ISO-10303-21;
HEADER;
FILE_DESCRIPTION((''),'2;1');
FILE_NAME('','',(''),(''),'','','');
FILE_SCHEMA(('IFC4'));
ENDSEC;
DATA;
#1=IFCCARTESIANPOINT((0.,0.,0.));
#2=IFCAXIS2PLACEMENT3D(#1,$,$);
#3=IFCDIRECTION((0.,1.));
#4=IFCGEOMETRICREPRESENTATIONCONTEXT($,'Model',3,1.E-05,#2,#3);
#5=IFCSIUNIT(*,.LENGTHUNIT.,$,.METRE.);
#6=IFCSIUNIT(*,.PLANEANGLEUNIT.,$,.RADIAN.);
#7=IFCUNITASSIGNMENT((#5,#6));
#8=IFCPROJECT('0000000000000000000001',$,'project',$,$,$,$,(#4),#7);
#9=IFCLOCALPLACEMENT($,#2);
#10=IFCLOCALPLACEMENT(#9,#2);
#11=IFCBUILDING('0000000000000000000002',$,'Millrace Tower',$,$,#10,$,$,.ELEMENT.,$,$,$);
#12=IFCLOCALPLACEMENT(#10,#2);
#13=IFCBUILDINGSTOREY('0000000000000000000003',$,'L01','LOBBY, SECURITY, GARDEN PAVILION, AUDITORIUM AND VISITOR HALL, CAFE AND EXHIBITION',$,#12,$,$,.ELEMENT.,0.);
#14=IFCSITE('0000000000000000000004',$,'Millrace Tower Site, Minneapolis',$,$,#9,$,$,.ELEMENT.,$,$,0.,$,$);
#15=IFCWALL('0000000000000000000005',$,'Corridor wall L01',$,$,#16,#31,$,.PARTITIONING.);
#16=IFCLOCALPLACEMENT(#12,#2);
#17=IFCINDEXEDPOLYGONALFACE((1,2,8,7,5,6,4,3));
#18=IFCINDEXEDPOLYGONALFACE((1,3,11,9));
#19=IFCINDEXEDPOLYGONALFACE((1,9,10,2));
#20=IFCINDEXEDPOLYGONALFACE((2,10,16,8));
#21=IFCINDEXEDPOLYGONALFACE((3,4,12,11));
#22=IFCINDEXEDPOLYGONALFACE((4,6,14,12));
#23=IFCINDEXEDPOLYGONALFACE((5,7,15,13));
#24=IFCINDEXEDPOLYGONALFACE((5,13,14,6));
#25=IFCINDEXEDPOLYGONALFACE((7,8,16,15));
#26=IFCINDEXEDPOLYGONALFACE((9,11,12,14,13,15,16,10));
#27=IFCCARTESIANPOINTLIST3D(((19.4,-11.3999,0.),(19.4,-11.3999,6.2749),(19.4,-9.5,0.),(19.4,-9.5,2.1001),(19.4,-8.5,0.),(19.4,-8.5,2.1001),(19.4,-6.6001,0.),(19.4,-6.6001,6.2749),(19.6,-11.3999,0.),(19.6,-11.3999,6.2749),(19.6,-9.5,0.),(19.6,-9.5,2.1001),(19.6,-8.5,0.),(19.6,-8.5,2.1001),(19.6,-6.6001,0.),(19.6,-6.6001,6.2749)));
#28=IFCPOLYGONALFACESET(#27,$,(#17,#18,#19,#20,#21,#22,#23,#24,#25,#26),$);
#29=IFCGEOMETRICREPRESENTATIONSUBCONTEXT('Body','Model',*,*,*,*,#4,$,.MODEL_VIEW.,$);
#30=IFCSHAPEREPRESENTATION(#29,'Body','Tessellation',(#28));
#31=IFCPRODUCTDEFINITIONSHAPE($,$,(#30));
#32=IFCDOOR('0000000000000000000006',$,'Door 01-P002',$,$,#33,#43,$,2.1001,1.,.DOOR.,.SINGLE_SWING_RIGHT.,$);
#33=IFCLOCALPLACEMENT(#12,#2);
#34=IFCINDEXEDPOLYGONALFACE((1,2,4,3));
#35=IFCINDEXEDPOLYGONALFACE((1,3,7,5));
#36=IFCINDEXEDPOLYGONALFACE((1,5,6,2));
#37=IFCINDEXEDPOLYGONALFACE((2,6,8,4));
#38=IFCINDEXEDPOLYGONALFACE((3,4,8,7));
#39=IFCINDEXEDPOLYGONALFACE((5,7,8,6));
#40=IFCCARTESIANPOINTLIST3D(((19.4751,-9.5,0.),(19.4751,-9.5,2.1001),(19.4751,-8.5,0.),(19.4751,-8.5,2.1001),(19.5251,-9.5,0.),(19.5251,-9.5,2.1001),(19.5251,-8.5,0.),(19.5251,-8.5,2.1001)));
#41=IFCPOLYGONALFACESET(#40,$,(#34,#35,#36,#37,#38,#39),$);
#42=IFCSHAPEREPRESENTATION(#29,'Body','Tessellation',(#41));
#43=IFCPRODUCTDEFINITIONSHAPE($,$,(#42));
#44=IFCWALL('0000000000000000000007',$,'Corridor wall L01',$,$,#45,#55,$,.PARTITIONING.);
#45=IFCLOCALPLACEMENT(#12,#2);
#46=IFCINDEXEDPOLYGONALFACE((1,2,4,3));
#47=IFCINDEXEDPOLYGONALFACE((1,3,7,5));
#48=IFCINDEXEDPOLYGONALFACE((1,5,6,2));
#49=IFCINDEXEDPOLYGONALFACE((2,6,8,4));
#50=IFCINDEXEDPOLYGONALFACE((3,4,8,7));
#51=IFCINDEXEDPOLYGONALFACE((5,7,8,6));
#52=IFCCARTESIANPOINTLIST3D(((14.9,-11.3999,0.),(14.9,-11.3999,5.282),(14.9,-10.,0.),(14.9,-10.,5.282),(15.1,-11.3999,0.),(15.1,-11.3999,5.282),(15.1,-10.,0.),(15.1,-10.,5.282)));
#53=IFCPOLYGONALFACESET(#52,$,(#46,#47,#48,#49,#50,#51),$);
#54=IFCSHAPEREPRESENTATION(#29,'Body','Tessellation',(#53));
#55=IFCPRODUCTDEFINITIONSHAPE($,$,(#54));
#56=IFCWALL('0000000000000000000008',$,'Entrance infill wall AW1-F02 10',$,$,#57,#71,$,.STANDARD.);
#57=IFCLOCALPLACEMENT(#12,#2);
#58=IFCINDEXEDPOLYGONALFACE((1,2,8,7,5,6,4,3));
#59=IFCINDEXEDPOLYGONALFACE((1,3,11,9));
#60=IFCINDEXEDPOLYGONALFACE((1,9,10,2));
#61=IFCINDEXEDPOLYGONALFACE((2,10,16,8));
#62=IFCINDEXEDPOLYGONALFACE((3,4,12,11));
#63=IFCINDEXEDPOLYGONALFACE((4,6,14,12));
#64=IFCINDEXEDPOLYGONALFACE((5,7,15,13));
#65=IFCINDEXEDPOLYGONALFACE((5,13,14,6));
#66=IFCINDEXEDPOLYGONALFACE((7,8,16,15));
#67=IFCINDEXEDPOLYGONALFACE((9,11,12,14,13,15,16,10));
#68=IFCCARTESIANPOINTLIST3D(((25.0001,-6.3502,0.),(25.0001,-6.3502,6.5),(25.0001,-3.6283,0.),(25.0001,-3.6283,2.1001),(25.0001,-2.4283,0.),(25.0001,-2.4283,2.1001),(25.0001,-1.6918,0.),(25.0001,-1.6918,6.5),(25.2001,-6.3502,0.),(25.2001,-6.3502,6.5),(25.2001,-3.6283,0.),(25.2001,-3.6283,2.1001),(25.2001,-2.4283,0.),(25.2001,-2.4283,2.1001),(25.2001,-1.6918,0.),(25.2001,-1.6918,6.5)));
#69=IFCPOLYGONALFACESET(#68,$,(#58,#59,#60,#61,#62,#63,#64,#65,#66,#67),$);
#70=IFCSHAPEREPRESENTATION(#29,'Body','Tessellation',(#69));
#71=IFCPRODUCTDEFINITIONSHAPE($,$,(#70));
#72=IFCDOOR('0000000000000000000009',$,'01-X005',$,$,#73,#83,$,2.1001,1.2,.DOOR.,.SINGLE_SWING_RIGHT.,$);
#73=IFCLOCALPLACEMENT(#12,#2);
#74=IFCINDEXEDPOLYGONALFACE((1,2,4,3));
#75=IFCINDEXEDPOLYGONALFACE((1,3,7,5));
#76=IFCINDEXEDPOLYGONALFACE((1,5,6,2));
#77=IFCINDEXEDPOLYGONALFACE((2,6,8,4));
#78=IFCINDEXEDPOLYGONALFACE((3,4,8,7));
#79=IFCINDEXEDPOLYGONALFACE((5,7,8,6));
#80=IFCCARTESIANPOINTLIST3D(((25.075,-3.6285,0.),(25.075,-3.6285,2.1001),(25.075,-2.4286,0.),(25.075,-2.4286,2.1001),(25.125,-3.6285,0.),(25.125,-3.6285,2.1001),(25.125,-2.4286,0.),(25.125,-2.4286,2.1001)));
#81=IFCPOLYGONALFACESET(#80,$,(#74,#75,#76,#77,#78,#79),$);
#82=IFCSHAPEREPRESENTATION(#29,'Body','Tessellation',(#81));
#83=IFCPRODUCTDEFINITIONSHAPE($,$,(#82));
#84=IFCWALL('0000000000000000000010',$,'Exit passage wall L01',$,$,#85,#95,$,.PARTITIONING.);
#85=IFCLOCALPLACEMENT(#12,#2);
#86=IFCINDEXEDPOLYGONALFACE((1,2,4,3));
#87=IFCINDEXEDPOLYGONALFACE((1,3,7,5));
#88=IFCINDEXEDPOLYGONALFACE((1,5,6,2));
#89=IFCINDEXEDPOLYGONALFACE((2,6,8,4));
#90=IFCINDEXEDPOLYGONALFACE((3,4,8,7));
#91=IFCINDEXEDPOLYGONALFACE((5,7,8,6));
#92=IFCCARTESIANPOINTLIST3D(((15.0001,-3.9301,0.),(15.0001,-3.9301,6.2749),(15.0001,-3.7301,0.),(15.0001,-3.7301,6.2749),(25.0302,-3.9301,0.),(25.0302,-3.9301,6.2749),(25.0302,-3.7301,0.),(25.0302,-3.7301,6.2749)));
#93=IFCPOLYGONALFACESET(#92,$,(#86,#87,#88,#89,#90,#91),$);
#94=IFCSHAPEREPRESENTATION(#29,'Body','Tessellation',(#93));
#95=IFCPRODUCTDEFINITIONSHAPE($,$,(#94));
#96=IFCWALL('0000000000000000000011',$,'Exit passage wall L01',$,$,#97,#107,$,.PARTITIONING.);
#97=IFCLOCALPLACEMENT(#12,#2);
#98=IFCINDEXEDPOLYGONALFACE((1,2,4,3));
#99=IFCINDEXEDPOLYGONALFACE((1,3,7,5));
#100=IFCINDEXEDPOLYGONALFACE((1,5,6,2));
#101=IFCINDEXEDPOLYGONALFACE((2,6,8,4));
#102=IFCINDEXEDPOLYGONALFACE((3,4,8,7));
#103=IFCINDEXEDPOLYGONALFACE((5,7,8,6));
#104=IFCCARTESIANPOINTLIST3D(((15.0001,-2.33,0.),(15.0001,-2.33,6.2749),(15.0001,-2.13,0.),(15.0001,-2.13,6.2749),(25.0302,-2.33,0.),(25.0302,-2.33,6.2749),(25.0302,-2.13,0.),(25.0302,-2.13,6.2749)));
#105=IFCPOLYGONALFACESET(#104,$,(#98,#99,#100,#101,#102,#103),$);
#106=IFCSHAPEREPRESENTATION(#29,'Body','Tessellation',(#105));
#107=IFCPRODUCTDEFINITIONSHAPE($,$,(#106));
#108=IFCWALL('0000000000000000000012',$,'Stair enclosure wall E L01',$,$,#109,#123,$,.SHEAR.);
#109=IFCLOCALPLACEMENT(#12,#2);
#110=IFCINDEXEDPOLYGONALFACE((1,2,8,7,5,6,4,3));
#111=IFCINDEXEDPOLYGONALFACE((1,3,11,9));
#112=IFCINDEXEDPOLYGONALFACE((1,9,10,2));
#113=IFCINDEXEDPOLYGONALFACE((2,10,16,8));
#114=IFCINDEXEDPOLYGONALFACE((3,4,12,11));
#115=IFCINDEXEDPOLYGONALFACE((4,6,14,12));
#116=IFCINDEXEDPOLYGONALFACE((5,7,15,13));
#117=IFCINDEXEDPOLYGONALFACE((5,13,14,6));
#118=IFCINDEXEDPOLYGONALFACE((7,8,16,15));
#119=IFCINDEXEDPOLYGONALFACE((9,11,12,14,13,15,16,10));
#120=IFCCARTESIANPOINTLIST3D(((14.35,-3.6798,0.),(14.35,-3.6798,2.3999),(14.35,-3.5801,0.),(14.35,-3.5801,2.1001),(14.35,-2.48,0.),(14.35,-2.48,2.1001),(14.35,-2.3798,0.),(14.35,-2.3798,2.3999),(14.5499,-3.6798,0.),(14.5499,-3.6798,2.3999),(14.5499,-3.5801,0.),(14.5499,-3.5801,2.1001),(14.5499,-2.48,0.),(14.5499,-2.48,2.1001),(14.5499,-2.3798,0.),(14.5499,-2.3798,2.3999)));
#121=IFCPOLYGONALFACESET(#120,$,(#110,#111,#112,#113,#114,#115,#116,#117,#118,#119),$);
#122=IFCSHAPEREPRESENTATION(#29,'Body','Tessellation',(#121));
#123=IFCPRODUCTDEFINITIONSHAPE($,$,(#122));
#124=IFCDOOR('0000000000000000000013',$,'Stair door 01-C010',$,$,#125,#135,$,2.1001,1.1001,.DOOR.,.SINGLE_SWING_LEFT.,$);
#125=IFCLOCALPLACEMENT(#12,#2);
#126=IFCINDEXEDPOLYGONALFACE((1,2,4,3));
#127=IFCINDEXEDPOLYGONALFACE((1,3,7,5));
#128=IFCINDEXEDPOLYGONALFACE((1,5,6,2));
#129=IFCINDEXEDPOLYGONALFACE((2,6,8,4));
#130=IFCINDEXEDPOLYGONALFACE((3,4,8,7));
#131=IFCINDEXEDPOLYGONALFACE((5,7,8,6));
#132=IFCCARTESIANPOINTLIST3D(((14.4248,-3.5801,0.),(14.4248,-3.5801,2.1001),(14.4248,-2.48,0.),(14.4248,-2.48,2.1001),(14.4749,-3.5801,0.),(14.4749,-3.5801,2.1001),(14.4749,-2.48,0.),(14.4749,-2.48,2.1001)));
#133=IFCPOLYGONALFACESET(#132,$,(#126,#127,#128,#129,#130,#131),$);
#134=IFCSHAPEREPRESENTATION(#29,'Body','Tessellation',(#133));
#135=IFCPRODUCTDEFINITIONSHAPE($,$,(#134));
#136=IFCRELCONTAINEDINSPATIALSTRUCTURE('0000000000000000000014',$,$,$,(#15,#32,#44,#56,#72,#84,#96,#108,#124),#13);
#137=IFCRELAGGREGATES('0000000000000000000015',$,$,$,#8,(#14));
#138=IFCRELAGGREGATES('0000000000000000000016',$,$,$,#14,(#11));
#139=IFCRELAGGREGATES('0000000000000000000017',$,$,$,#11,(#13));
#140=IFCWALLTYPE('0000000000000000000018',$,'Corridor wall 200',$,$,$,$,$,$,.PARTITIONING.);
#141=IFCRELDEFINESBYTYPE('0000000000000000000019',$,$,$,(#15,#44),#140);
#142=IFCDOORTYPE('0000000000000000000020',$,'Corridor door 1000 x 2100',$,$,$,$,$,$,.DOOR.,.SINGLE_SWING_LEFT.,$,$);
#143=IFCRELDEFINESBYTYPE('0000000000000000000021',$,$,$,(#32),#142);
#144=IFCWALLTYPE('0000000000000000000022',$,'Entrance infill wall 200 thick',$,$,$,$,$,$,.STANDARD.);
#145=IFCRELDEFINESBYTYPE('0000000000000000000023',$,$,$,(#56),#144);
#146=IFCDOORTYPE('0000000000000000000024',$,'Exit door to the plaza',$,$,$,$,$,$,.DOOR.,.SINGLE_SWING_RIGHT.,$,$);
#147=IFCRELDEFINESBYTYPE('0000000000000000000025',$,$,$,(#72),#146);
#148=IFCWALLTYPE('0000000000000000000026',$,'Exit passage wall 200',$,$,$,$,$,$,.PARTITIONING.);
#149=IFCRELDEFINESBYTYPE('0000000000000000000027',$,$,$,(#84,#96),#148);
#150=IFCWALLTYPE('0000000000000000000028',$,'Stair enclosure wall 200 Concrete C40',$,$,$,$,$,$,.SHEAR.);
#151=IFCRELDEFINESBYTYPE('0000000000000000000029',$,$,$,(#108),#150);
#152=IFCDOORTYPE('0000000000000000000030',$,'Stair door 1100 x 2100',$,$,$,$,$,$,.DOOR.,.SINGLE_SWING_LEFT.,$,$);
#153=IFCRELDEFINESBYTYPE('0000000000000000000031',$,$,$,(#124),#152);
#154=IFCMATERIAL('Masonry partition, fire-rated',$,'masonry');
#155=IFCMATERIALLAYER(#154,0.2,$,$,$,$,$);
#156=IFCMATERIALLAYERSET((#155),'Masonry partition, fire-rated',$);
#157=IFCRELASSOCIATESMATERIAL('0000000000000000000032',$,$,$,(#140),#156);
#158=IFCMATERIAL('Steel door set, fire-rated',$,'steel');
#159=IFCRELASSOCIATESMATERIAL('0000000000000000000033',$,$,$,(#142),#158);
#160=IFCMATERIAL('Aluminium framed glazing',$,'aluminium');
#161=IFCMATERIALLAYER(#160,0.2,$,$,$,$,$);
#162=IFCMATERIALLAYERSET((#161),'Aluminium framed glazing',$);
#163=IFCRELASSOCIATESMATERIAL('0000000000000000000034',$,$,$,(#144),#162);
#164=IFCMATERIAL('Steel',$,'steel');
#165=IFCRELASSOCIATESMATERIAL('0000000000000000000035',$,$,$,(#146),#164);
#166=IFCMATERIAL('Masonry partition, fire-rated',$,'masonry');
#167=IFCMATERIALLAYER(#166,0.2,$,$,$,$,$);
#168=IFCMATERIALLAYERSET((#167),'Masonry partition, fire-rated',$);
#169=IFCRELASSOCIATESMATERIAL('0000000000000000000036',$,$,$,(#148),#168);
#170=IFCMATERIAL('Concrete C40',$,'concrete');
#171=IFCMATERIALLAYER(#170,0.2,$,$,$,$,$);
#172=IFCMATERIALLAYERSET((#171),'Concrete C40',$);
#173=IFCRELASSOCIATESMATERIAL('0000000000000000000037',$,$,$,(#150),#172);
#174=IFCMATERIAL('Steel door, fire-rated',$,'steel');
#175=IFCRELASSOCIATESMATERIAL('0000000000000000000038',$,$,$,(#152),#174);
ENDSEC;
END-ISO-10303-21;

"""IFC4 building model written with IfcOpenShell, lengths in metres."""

from ifc_helpers import new_model, si_unit, direction, frame, frame_2d, origin, place, context, subcontext, project, spatial, rectangle, extrude, material, layer, layer_set, type_object, element, fill, save


model = new_model("IFC4")

# Units and contexts
model_context = context("Model", 3, precision=1e-05, world=origin(), true_north=direction((0.0, 1.0)))
body_context = subcontext(model_context, "Body", "Model", "MODEL_VIEW")
ifc_project = project(units=[si_unit("LENGTHUNIT", "METRE"), si_unit("PLANEANGLEUNIT", "RADIAN")], contexts=[model_context])

# Site, building, storey
site_placement = place(None, origin())
site = spatial("IfcSite", under=ifc_project, at=site_placement, Name="Millrace Tower Site, Minneapolis", CompositionType="ELEMENT", RefElevation=0.0)
building_placement = place(site_placement, origin())
building = spatial("IfcBuilding", under=site, at=building_placement, Name="Millrace Tower", CompositionType="ELEMENT")
storey_placement = place(building_placement, origin())
storey = spatial("IfcBuildingStorey", under=building, at=storey_placement, Name="L01", Description="LOBBY, SECURITY, GARDEN PAVILION, AUDITORIUM AND VISITOR HALL, CAFE AND EXHIBITION", CompositionType="ELEMENT", Elevation=0.0)

# Shared definitions
ifc_material_1 = material(Name="Masonry partition, fire-rated", Category="masonry")
ifc_layer_1 = layer(ifc_material_1, 0.2)
ifc_layer_set_1 = layer_set([ifc_layer_1], Name="Masonry partition, fire-rated")
wall_type_1 = type_object("IfcWallType", Name="Corridor wall 200", PredefinedType="PARTITIONING", material=ifc_layer_set_1)

# Wall, opening, door
wall_1_placement = place(storey_placement, frame((19.5, -11.3999, 0.0), z_axis=(0.0, 0.0, 1.0), x_axis=(0.0, 1.0, 0.0)))
wall_1 = element("IfcWall", 1, at=wall_1_placement, inside=storey, type_object=wall_type_1, Name="Corridor wall L01", PredefinedType="PARTITIONING", context=body_context, shape_type="SweptSolid", body=[
    extrude(rectangle(XDim=4.7998, YDim=0.2, at=frame_2d((2.3999, 0.0))), origin(), (0.0, 0.0, 1.0), 6.2749),
])
opening_1_placement = place(wall_1_placement, frame((1.8999, 0.0, 0.0)))
opening_1 = element("IfcOpeningElement", 2, at=opening_1_placement, cuts=wall_1, PredefinedType="OPENING", context=body_context, shape_type="SweptSolid", body=[
    extrude(rectangle(XDim=1.0, YDim=2.1001, at=frame_2d((0.5, 1.05))), frame((0.0, 0.1099, 0.0), z_axis=(0.0, -1.0, 0.0), x_axis=(1.0, 0.0, 0.0)), (0.0, 0.0, 1.0), 0.22),
])
ifc_material_2 = material(Name="Steel door set, fire-rated", Category="steel")
door_type_1 = type_object("IfcDoorType", Name="Corridor door 1000 x 2100", OperationType="SINGLE_SWING_LEFT", PredefinedType="DOOR", material=ifc_material_2)
door_1_placement = place(opening_1_placement, origin())
door_1 = element("IfcDoor", 3, at=door_1_placement, inside=storey, type_object=door_type_1, Name="Door 01-P002", OperationType="SINGLE_SWING_RIGHT", OverallHeight=2.1001, OverallWidth=1.0, PredefinedType="DOOR", context=body_context, shape_type="SweptSolid", body=[
    extrude(rectangle(XDim=1.0, YDim=2.1001, at=frame_2d((0.5, 1.05))), frame((0.0, 0.0249, 0.0), z_axis=(0.0, -1.0, 0.0), x_axis=(1.0, 0.0, 0.0)), (0.0, 0.0, 1.0), 0.05),
])
fill(opening_1, door_1)

# Wall
wall_2_placement = place(storey_placement, frame((15.0, -11.3999, 0.0), z_axis=(0.0, 0.0, 1.0), x_axis=(0.0, 1.0, 0.0)))
element("IfcWall", 4, at=wall_2_placement, inside=storey, type_object=wall_type_1, Name="Corridor wall L01", PredefinedType="PARTITIONING", context=body_context, shape_type="SweptSolid", body=[
    extrude(rectangle(XDim=1.3999, YDim=0.2, at=frame_2d((0.7, 0.0))), origin(), (0.0, 0.0, 1.0), 5.282),
])

# Wall, opening, door
ifc_material_3 = material(Name="Aluminium framed glazing", Category="aluminium")
ifc_layer_2 = layer(ifc_material_3, 0.2)
ifc_layer_set_2 = layer_set([ifc_layer_2], Name="Aluminium framed glazing")
wall_type_2 = type_object("IfcWallType", Name="Entrance infill wall 200 thick", PredefinedType="STANDARD", material=ifc_layer_set_2)
wall_3_placement = place(storey_placement, frame((25.1001, -6.3501, 0.0), z_axis=(0.0, 0.0, 1.0), x_axis=(0.0, 1.0, 0.0)))
wall_3 = element("IfcWall", 5, at=wall_3_placement, inside=storey, type_object=wall_type_2, Name="Entrance infill wall AW1-F02 10", PredefinedType="STANDARD", context=body_context, shape_type="SweptSolid", body=[
    extrude(rectangle(XDim=4.6584, YDim=0.2, at=frame_2d((2.3291, 0.0))), origin(), (0.0, 0.0, 1.0), 6.5),
])
opening_2_placement = place(wall_3_placement, frame((2.7217, 0.0, 0.0)))
opening_2 = element("IfcOpeningElement", 6, at=opening_2_placement, cuts=wall_3, PredefinedType="OPENING", context=body_context, shape_type="SweptSolid", body=[
    extrude(rectangle(XDim=1.2, YDim=2.1001, at=frame_2d((0.6001, 1.05))), frame((0.0, 0.1099, 0.0), z_axis=(0.0, -1.0, 0.0), x_axis=(1.0, 0.0, 0.0)), (0.0, 0.0, 1.0), 0.22),
])
ifc_material_4 = material(Name="Steel", Category="steel")
door_type_2 = type_object("IfcDoorType", Name="Exit door to the plaza", OperationType="SINGLE_SWING_RIGHT", PredefinedType="DOOR", material=ifc_material_4)
door_2_placement = place(opening_2_placement, frame((1.2, 0.0, 0.0), z_axis=(0.0, 0.0, 1.0), x_axis=(-1.0, 0.0, 0.0)))
door_2 = element("IfcDoor", 7, at=door_2_placement, inside=storey, type_object=door_type_2, Name="01-X005", OperationType="SINGLE_SWING_RIGHT", OverallHeight=2.1001, OverallWidth=1.2, PredefinedType="DOOR", context=body_context, shape_type="SweptSolid", body=[
    extrude(rectangle(XDim=1.2, YDim=2.1001, at=frame_2d((0.6001, 1.05))), frame((0.0, 0.0249, 0.0), z_axis=(0.0, -1.0, 0.0), x_axis=(1.0, 0.0, 0.0)), (0.0, 0.0, 1.0), 0.05),
])
fill(opening_2, door_2)

# Walls
ifc_material_5 = material(Name="Masonry partition, fire-rated", Category="masonry")
ifc_layer_3 = layer(ifc_material_5, 0.2)
ifc_layer_set_3 = layer_set([ifc_layer_3], Name="Masonry partition, fire-rated")
wall_type_3 = type_object("IfcWallType", Name="Exit passage wall 200", PredefinedType="PARTITIONING", material=ifc_layer_set_3)
for number, where, z_axis, x_axis, name in (
    (8, (15.0, -3.8301, 0.0), (0.0, 0.0, 1.0), (1.0, 0.0, 0.0), "Exit passage wall L01"),
    (9, (15.0, -2.23, 0.0), (0.0, 0.0, 1.0), (1.0, 0.0, 0.0), "Exit passage wall L01"),
):
    element("IfcWall", number, at=place(storey_placement, frame(where, z_axis=z_axis, x_axis=x_axis)), inside=storey, type_object=wall_type_3, Name=name, PredefinedType="PARTITIONING", context=body_context, shape_type="SweptSolid", body=[
        extrude(rectangle(XDim=10.03, YDim=0.2, at=frame_2d((5.0151, 0.0))), origin(), (0.0, 0.0, 1.0), 6.2749),
    ])

# Wall, opening, door
ifc_material_6 = material(Name="Concrete C40", Category="concrete")
ifc_layer_4 = layer(ifc_material_6, 0.2)
ifc_layer_set_4 = layer_set([ifc_layer_4], Name="Concrete C40")
wall_type_4 = type_object("IfcWallType", Name="Stair enclosure wall 200 Concrete C40", PredefinedType="SHEAR", material=ifc_layer_set_4)
wall_4_placement = place(storey_placement, frame((14.45, -2.3799, 0.0), z_axis=(0.0, 0.0, 1.0), x_axis=(0.0, -1.0, 0.0)))
wall_4 = element("IfcWall", 10, at=wall_4_placement, inside=storey, type_object=wall_type_4, Name="Stair enclosure wall E L01", PredefinedType="SHEAR", context=body_context, shape_type="SweptSolid", body=[
    extrude(rectangle(XDim=1.3, YDim=0.2, at=frame_2d((0.6499, 0.0))), origin(), (0.0, 0.0, 1.0), 2.3999),
])
opening_3_placement = place(wall_4_placement, frame((0.1001, 0.0, 0.0)))
opening_3 = element("IfcOpeningElement", 11, at=opening_3_placement, cuts=wall_4, PredefinedType="OPENING", context=body_context, shape_type="SweptSolid", body=[
    extrude(rectangle(XDim=1.1001, YDim=2.1001, at=frame_2d((0.55, 1.05))), frame((0.0, 0.1099, 0.0), z_axis=(0.0, -1.0, 0.0), x_axis=(1.0, 0.0, 0.0)), (0.0, 0.0, 1.0), 0.22),
])
ifc_material_7 = material(Name="Steel door, fire-rated", Category="steel")
door_type_3 = type_object("IfcDoorType", Name="Stair door 1100 x 2100", OperationType="SINGLE_SWING_LEFT", PredefinedType="DOOR", material=ifc_material_7)
door_3_placement = place(opening_3_placement, origin())
door_3 = element("IfcDoor", 12, at=door_3_placement, inside=storey, type_object=door_type_3, Name="Stair door 01-C010", OperationType="SINGLE_SWING_LEFT", OverallHeight=2.1001, OverallWidth=1.1001, PredefinedType="DOOR", context=body_context, shape_type="SweptSolid", body=[
    extrude(rectangle(XDim=1.1001, YDim=2.1001, at=frame_2d((0.55, 1.05))), frame((0.0, 0.0249, 0.0), z_axis=(0.0, -1.0, 0.0), x_axis=(1.0, 0.0, 0.0)), (0.0, 0.0, 1.0), 0.05),
])
fill(opening_3, door_3)

save(model, "model.ifc")
